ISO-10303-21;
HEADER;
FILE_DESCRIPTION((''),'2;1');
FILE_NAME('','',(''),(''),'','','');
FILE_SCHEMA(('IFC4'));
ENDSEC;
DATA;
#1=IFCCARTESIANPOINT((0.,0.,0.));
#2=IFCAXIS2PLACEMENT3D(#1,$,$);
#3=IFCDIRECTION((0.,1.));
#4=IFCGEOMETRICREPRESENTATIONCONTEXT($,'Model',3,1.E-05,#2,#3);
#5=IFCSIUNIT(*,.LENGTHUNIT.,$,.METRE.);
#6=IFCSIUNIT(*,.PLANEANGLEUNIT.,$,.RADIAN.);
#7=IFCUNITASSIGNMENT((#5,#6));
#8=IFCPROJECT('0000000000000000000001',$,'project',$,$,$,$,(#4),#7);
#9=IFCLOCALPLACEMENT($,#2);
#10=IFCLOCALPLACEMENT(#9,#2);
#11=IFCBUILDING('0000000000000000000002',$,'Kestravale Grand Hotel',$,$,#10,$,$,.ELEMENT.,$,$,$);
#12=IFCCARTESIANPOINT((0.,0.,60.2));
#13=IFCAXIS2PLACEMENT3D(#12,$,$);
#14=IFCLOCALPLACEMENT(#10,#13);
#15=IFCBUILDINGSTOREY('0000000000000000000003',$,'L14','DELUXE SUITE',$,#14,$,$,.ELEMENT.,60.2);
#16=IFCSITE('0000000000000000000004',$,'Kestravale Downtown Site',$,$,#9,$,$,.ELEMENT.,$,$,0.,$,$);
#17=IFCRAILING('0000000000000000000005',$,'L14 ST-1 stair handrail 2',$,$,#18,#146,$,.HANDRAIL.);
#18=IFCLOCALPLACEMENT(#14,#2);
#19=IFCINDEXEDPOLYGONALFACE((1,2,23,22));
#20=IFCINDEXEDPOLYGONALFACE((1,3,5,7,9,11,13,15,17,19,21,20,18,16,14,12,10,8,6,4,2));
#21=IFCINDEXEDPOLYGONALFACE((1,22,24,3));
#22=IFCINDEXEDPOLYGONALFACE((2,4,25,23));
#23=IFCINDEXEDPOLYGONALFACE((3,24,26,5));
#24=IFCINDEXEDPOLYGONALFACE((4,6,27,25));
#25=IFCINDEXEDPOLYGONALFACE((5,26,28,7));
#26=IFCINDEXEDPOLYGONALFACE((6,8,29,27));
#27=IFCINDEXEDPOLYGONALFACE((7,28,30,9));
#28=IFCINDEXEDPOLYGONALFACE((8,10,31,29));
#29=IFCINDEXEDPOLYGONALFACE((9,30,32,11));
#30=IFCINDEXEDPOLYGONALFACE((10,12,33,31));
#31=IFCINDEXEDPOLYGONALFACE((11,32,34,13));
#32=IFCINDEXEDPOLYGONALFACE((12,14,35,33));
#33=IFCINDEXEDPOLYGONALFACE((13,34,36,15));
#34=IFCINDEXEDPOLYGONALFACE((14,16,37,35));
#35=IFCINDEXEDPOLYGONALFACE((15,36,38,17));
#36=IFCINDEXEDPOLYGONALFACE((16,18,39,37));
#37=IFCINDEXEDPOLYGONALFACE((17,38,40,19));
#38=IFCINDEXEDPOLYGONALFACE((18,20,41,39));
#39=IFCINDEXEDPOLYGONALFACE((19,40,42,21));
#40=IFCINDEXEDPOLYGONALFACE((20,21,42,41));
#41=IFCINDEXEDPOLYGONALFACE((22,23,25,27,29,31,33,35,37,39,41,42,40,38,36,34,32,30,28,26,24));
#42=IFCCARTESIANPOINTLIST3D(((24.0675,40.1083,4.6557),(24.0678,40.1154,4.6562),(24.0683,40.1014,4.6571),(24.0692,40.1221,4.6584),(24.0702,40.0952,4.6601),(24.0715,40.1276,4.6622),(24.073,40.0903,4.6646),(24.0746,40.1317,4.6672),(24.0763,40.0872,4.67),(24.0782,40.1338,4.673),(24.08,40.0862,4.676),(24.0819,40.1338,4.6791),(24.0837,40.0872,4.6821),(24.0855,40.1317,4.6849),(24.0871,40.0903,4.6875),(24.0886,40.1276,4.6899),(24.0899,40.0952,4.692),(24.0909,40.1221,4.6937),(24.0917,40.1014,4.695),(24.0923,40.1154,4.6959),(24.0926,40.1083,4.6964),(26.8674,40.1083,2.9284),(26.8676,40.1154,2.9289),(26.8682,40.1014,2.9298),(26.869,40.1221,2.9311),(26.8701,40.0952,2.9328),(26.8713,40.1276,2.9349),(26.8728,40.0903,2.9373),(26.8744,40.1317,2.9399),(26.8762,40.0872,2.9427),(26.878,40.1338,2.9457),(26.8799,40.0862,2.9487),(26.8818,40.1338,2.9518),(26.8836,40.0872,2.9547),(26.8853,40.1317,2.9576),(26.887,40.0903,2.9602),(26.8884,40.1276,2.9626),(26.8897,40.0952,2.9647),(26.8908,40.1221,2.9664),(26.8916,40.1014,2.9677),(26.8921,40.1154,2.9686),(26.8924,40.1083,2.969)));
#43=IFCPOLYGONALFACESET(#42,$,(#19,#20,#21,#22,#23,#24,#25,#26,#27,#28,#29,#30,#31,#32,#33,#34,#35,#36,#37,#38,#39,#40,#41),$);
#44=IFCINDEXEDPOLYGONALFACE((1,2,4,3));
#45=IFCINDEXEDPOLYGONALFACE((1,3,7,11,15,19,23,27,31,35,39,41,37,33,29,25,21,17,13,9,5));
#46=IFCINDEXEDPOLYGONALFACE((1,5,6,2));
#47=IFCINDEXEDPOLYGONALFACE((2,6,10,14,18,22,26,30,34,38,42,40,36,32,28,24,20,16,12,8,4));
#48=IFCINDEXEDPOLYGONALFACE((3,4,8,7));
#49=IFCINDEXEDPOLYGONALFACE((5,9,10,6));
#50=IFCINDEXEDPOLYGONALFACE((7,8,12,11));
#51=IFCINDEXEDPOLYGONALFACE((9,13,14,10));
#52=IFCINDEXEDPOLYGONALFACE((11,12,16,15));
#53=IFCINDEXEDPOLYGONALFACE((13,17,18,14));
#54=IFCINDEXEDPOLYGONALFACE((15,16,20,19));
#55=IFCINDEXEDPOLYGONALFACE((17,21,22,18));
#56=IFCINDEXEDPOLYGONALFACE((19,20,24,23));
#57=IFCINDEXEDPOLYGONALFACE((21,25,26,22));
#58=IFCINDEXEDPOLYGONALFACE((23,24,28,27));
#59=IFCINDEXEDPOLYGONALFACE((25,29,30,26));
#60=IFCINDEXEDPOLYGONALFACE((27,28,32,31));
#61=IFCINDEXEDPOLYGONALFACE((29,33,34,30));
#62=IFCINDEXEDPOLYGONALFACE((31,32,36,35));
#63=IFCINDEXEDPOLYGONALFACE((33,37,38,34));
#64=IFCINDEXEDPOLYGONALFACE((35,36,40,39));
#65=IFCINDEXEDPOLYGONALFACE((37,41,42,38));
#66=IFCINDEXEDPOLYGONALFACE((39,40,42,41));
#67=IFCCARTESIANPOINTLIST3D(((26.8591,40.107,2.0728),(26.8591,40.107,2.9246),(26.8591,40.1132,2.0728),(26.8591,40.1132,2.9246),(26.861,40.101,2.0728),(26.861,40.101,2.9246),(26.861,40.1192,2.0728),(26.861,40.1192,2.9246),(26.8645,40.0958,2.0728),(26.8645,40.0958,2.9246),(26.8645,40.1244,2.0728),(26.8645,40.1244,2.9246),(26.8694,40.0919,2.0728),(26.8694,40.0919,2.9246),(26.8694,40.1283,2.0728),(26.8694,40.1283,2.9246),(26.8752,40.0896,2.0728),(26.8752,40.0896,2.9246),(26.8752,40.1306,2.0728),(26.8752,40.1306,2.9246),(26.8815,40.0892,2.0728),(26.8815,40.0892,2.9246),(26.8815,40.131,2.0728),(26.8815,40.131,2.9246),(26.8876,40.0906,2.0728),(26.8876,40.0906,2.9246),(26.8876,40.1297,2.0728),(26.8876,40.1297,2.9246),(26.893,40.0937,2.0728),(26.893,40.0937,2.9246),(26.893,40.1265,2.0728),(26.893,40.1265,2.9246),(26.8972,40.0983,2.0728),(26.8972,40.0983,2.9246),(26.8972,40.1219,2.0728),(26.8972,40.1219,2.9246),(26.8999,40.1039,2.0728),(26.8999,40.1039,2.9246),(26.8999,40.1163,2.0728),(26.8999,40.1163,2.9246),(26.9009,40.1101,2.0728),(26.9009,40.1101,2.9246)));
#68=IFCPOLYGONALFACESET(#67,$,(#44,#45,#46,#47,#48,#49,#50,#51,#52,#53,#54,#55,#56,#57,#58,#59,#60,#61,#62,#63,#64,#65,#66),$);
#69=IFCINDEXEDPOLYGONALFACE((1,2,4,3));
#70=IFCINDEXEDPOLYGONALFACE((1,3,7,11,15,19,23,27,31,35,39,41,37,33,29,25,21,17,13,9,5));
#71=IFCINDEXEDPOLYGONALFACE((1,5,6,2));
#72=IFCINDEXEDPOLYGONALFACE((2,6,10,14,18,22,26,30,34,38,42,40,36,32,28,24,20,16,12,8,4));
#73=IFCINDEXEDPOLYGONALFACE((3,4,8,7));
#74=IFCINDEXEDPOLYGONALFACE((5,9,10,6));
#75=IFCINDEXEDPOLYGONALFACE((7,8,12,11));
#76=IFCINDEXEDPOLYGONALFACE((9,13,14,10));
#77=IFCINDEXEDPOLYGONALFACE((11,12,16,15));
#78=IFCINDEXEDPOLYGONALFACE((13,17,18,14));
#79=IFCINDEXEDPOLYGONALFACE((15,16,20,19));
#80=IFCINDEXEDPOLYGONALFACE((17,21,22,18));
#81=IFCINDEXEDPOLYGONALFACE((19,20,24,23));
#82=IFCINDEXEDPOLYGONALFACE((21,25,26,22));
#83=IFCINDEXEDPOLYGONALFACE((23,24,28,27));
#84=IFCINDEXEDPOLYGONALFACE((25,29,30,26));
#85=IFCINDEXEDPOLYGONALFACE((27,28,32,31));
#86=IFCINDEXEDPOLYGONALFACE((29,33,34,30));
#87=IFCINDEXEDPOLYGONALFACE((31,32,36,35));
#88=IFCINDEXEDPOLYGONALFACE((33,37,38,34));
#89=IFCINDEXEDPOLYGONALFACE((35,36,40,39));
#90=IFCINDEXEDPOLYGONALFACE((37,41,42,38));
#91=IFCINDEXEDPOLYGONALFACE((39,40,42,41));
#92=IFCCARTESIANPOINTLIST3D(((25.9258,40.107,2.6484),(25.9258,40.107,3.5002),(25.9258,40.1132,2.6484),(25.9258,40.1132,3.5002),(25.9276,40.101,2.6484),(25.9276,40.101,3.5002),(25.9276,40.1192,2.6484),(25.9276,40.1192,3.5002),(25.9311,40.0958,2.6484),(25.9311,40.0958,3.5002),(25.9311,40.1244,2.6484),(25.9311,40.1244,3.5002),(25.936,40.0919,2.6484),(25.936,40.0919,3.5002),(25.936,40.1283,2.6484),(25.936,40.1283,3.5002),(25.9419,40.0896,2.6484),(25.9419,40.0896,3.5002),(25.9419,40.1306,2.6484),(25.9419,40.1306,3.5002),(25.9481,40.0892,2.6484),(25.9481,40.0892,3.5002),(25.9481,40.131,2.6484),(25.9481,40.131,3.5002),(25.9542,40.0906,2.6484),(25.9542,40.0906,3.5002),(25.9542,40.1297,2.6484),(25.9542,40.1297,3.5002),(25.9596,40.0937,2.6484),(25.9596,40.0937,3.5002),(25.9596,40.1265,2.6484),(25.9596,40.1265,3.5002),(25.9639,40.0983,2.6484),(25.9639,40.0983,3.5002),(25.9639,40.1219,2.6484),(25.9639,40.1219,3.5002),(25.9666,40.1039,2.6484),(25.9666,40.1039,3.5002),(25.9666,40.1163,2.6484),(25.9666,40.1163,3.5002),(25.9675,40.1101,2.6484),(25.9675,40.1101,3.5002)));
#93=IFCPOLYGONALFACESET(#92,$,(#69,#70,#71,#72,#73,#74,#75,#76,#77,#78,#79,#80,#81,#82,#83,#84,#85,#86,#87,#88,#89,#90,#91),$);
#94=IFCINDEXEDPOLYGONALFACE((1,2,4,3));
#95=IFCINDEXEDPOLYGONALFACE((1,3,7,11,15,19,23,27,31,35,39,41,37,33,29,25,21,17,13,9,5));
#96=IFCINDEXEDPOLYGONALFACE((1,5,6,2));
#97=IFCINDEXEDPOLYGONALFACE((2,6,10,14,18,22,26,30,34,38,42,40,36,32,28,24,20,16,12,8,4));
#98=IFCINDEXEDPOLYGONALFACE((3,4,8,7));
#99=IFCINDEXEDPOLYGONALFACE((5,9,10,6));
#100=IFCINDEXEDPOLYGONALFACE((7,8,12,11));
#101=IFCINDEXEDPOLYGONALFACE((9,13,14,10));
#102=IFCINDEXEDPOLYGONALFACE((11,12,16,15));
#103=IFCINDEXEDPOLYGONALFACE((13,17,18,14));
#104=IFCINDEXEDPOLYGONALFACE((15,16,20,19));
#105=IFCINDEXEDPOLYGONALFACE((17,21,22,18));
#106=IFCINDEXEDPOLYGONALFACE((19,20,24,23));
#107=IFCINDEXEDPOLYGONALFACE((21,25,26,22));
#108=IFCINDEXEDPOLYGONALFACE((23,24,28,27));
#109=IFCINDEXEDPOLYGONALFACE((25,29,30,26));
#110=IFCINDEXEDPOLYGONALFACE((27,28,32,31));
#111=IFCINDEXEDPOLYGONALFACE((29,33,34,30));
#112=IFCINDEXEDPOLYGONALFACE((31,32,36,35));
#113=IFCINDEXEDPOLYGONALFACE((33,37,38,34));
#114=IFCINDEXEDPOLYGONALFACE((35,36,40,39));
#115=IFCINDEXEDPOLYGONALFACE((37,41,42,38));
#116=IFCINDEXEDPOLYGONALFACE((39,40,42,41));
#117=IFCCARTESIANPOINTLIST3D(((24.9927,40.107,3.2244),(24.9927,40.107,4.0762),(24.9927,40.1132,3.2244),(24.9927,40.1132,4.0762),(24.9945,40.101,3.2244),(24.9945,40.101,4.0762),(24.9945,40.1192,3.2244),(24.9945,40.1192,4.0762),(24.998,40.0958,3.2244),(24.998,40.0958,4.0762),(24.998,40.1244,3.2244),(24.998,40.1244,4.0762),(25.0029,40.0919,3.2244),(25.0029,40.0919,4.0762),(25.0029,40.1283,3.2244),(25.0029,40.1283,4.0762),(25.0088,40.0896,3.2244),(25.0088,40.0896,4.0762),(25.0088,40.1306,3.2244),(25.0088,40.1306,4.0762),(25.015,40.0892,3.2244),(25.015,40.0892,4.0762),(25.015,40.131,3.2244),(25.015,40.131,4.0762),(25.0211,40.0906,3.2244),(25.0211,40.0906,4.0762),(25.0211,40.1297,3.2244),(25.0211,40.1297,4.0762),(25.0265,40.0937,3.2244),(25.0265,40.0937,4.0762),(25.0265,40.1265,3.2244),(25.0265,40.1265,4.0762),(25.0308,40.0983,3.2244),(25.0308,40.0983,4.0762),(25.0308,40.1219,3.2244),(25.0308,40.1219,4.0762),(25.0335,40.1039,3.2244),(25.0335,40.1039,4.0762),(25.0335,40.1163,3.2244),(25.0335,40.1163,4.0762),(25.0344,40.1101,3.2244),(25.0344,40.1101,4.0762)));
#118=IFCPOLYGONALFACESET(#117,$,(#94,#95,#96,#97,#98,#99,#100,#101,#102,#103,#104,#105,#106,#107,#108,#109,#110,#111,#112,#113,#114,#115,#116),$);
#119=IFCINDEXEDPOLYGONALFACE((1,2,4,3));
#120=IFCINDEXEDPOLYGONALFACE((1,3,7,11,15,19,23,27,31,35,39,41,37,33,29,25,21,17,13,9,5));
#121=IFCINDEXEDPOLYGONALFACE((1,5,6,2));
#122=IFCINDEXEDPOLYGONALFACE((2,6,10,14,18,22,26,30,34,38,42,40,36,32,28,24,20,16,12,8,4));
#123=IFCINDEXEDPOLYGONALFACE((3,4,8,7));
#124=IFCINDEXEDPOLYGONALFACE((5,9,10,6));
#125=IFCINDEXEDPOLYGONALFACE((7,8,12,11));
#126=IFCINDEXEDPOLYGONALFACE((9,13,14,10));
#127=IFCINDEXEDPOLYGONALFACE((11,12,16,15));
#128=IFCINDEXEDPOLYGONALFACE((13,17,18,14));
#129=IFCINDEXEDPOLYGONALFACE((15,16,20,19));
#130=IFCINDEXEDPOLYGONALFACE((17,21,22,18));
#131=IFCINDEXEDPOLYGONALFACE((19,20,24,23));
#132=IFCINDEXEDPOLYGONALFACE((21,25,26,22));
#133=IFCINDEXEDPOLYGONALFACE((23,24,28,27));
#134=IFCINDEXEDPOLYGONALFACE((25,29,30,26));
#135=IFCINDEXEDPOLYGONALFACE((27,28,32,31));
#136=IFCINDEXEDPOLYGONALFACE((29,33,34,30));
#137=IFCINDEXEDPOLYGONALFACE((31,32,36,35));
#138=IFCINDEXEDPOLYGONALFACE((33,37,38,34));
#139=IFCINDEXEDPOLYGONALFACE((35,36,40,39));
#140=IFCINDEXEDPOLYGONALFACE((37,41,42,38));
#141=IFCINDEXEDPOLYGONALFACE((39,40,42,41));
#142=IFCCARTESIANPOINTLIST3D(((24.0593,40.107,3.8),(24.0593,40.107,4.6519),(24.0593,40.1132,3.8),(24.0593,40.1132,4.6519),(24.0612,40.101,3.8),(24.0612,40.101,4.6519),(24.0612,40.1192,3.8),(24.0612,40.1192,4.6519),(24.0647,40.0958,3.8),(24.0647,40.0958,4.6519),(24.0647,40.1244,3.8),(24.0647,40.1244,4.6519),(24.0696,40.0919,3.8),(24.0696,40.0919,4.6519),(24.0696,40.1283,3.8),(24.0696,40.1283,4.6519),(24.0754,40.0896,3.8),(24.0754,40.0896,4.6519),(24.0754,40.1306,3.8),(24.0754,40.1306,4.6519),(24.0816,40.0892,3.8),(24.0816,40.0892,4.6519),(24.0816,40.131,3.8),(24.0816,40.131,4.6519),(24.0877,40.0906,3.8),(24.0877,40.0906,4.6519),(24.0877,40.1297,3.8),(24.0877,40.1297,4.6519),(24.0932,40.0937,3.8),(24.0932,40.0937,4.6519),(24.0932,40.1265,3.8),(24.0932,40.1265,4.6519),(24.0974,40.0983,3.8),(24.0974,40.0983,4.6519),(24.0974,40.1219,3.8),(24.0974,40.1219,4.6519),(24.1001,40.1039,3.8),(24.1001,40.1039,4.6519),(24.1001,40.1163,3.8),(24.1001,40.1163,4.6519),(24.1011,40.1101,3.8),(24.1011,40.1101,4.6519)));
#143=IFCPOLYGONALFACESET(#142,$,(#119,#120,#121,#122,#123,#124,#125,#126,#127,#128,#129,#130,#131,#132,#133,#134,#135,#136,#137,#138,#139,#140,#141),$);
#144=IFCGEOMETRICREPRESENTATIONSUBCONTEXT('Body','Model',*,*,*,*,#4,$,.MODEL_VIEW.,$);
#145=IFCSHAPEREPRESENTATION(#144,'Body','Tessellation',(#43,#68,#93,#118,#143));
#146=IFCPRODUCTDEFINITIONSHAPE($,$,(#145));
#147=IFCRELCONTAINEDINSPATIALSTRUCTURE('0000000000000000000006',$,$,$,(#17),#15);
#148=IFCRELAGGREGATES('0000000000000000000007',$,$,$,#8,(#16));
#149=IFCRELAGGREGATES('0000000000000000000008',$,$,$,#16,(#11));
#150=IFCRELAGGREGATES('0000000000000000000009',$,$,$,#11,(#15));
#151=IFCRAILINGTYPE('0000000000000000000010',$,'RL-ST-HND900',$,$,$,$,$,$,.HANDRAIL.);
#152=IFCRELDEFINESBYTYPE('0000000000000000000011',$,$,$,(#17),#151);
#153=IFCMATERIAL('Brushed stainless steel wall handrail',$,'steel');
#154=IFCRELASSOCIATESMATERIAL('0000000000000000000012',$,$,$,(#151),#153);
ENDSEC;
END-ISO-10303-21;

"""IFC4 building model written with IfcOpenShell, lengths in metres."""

from ifc_helpers import new_model, si_unit, direction, frame, origin, origin_2d, place, context, subcontext, project, spatial, circle, extrude, material, type_object, element, save


model = new_model("IFC4")

# Units and contexts
model_context = context("Model", 3, precision=1e-05, world=origin(), true_north=direction((0.0, 1.0)))
body_context = subcontext(model_context, "Body", "Model", "MODEL_VIEW")
ifc_project = project(units=[si_unit("LENGTHUNIT", "METRE"), si_unit("PLANEANGLEUNIT", "RADIAN")], contexts=[model_context])

# Site, building, storey
site_placement = place(None, origin())
site = spatial("IfcSite", under=ifc_project, at=site_placement, Name="Kestravale Downtown Site", CompositionType="ELEMENT", RefElevation=0.0)
building_placement = place(site_placement, origin())
building = spatial("IfcBuilding", under=site, at=building_placement, Name="Kestravale Grand Hotel", CompositionType="ELEMENT")
storey_placement = place(building_placement, frame((0.0, 0.0, 60.2)))
storey = spatial("IfcBuildingStorey", under=building, at=storey_placement, Name="L14", Description="DELUXE SUITE", CompositionType="ELEMENT", Elevation=60.2)

# Railing
ifc_material_1 = material(Name="Brushed stainless steel wall handrail", Category="steel")
railing_type_1 = type_object("IfcRailingType", Name="RL-ST-HND900", PredefinedType="HANDRAIL", material=ifc_material_1)
railing_1_placement = place(storey_placement, frame((26.8799, 40.1101, 2.0728)))
element("IfcRailing", 1, at=railing_1_placement, inside=storey, type_object=railing_type_1, Name="L14 ST-1 stair handrail 2", PredefinedType="HANDRAIL", context=body_context, shape_type="SweptSolid", body=[
    extrude(circle(Radius=0.0239, at=origin_2d()), frame((0.0, 0.0, 0.876), z_axis=(-0.851069, 0.0, 0.525054), x_axis=(0.0, -1.0, 0.0)), (0.0, 0.0, 1.0), 3.2898),
    extrude(circle(Radius=0.021, at=origin_2d()), origin(), (0.0, 0.0, 1.0), 0.8518),
    extrude(circle(Radius=0.021, at=origin_2d()), frame((-0.9333, 0.0, 0.5757)), (0.0, 0.0, 1.0), 0.8518),
    extrude(circle(Radius=0.021, at=origin_2d()), frame((-1.8665, 0.0, 1.1516)), (0.0, 0.0, 1.0), 0.8518),
    extrude(circle(Radius=0.021, at=origin_2d()), frame((-2.7998, 0.0, 1.7273)), (0.0, 0.0, 1.0), 0.8518),
])

save(model, "model.ifc")
